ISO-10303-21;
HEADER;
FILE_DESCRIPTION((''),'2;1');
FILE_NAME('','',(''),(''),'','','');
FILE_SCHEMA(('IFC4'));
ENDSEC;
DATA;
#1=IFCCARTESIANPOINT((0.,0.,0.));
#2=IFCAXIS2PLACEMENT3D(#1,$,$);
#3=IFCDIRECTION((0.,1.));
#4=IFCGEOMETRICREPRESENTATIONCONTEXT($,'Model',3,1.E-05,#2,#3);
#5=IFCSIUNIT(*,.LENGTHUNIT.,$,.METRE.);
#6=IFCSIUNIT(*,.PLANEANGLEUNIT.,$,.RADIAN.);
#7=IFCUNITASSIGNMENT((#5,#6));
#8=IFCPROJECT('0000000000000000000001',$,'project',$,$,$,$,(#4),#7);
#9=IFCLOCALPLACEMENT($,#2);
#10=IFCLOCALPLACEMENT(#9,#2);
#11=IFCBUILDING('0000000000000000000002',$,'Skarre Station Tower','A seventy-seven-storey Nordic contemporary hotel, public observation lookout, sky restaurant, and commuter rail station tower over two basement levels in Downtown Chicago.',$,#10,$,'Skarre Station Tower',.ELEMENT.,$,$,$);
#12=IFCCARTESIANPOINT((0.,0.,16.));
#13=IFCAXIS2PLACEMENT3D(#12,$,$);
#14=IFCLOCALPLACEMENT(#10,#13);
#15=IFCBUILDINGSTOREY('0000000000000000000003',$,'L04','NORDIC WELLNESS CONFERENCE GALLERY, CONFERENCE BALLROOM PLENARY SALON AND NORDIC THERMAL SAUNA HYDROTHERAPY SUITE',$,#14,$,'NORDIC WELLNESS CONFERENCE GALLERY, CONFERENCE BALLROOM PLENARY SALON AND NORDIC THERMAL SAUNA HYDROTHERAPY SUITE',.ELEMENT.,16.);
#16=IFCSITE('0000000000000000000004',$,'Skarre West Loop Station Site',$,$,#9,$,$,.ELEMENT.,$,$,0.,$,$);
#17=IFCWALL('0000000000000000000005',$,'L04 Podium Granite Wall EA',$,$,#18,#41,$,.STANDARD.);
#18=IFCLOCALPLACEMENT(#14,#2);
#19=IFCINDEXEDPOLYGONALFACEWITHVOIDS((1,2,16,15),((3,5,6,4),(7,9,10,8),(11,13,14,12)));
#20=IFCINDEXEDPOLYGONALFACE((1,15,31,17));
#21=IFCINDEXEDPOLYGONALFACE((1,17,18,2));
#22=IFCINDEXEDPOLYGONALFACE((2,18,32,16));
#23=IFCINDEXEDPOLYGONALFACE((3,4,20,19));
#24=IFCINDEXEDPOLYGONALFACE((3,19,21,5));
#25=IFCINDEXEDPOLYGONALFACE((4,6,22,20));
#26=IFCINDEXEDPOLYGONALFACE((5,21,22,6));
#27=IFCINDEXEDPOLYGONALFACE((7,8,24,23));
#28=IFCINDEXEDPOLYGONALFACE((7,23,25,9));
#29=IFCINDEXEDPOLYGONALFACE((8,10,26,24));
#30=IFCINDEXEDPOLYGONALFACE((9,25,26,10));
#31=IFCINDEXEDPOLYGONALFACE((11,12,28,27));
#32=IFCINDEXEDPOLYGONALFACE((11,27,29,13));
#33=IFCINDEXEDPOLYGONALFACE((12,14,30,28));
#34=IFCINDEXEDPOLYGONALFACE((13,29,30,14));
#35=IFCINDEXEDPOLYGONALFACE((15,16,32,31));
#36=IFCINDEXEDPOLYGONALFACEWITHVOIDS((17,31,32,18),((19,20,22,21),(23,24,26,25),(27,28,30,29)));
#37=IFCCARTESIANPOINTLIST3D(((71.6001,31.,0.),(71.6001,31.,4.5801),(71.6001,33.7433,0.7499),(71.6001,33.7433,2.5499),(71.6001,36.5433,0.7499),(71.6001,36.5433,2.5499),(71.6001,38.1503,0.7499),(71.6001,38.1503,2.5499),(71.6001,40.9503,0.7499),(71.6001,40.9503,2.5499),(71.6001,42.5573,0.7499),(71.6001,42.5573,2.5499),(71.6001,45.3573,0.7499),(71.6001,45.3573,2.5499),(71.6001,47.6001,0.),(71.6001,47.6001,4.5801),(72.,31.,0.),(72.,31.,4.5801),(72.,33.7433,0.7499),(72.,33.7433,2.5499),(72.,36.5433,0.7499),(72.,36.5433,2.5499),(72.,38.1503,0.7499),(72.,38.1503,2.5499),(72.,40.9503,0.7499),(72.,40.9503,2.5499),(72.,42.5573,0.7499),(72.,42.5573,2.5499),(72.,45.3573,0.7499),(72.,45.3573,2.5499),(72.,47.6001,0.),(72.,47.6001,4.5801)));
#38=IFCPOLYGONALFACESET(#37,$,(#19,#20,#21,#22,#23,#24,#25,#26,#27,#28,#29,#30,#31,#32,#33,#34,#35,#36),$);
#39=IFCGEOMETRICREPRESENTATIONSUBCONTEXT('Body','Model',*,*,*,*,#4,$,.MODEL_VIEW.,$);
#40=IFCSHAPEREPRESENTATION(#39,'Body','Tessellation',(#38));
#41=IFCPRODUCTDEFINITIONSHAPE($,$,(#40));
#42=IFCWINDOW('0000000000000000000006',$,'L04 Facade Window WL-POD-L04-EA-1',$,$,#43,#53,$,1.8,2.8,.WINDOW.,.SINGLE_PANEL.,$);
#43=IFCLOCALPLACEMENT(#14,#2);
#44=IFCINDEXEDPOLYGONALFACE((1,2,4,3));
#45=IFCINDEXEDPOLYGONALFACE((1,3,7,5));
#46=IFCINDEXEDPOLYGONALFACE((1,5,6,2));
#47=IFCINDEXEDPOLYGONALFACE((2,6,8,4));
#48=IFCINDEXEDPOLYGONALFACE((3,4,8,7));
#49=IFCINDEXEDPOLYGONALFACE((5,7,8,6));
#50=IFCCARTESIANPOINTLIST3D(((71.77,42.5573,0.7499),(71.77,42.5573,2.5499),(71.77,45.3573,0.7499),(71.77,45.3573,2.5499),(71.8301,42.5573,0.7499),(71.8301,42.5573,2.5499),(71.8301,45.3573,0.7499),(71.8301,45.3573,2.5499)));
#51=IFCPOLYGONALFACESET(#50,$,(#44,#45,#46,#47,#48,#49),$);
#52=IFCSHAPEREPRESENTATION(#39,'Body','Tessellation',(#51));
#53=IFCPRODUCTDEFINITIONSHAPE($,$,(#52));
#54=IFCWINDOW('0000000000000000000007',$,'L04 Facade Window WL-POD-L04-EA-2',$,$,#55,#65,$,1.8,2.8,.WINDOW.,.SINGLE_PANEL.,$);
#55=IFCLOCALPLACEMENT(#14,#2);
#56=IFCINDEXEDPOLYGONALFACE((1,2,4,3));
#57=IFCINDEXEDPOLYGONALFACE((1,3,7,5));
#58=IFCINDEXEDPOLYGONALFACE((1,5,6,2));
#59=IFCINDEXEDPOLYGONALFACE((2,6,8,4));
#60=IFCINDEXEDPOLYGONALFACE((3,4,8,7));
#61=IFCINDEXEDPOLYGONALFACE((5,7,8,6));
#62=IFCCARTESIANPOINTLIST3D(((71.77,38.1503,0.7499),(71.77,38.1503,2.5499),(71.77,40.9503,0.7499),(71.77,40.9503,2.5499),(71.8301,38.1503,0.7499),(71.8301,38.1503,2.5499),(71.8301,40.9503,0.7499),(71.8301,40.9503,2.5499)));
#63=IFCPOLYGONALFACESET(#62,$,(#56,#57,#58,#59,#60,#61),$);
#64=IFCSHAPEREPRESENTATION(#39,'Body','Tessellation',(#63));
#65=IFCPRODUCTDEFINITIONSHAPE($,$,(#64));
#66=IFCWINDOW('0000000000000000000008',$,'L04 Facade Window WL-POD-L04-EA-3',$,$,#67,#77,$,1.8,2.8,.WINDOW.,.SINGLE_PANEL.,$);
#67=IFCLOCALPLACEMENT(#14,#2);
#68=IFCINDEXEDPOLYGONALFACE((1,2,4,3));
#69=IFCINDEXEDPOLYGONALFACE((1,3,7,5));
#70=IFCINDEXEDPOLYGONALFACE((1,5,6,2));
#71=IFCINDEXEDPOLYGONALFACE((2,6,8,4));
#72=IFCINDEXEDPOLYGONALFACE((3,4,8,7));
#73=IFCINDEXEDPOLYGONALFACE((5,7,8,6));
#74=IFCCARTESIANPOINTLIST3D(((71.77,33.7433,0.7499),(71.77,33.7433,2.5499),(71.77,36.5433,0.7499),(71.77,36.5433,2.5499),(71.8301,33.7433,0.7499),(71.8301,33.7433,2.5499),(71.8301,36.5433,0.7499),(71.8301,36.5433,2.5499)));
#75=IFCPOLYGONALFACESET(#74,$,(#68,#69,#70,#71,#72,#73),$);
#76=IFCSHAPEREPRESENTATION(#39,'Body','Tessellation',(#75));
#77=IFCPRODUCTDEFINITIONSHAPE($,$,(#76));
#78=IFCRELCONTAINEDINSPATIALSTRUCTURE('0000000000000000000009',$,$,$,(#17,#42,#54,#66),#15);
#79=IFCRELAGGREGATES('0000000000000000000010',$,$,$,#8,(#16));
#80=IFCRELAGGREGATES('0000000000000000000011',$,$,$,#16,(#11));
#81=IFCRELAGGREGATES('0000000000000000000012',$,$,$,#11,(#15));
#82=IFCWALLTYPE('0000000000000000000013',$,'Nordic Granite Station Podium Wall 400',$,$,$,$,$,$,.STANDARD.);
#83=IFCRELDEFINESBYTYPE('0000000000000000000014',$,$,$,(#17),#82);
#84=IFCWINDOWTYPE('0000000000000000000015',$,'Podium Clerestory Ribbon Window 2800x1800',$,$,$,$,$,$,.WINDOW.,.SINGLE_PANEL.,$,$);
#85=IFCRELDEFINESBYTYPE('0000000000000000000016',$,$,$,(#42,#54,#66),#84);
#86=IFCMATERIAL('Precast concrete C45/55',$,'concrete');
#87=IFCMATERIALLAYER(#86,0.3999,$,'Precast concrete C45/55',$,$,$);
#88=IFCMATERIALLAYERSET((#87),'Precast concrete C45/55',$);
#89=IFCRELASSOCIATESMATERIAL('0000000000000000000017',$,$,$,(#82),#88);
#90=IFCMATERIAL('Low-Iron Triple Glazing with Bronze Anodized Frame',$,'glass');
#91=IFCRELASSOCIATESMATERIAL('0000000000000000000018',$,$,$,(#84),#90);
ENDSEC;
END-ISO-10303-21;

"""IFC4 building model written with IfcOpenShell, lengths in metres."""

from ifc_helpers import new_model, si_unit, direction, frame, frame_2d, origin, place, context, subcontext, project, spatial, rectangle, extrude, material, layer, layer_set, type_object, element, fill, save


model = new_model("IFC4")

# Units and contexts
model_context = context("Model", 3, precision=1e-05, world=origin(), true_north=direction((0.0, 1.0)))
body_context = subcontext(model_context, "Body", "Model", "MODEL_VIEW")
ifc_project = project(units=[si_unit("LENGTHUNIT", "METRE"), si_unit("PLANEANGLEUNIT", "RADIAN")], contexts=[model_context])

# Site, building, storey
site_placement = place(None, origin())
site = spatial("IfcSite", under=ifc_project, at=site_placement, Name="Skarre West Loop Station Site", CompositionType="ELEMENT", RefElevation=0.0)
building_placement = place(site_placement, origin())
building = spatial("IfcBuilding", under=site, at=building_placement, Name="Skarre Station Tower", Description="A seventy-seven-storey Nordic contemporary hotel, public observation lookout, sky restaurant, and commuter rail station tower over two basement levels in Downtown Chicago.", LongName="Skarre Station Tower", CompositionType="ELEMENT")
storey_placement = place(building_placement, frame((0.0, 0.0, 16.0)))
storey = spatial("IfcBuildingStorey", under=building, at=storey_placement, Name="L04", Description="NORDIC WELLNESS CONFERENCE GALLERY, CONFERENCE BALLROOM PLENARY SALON AND NORDIC THERMAL SAUNA HYDROTHERAPY SUITE", LongName="NORDIC WELLNESS CONFERENCE GALLERY, CONFERENCE BALLROOM PLENARY SALON AND NORDIC THERMAL SAUNA HYDROTHERAPY SUITE", CompositionType="ELEMENT", Elevation=16.0)

# Wall, openings, windows
ifc_material_1 = material(Name="Precast concrete C45/55", Category="concrete")
ifc_layer_1 = layer(ifc_material_1, 0.3999, Name="Precast concrete C45/55")
ifc_layer_set_1 = layer_set([ifc_layer_1], Name="Precast concrete C45/55")
wall_type_1 = type_object("IfcWallType", Name="Nordic Granite Station Podium Wall 400", PredefinedType="STANDARD", material=ifc_layer_set_1)
wall_1_placement = place(storey_placement, frame((71.8, 47.6001, 0.0), z_axis=(0.0, 0.0, 1.0), x_axis=(0.0, -1.0, 0.0)))
wall_1 = element("IfcWall", 1, at=wall_1_placement, inside=storey, type_object=wall_type_1, Name="L04 Podium Granite Wall EA", PredefinedType="STANDARD", context=body_context, shape_type="SweptSolid", body=[
    extrude(rectangle(XDim=16.6001, YDim=0.3999, at=frame_2d((8.3, 0.0))), origin(), (0.0, 0.0, 1.0), 4.5801),
])
opening_1_placement = place(wall_1_placement, frame((2.2429, 0.0, 0.75)))
opening_1 = element("IfcOpeningElement", 2, at=opening_1_placement, cuts=wall_1, PredefinedType="OPENING", context=body_context, shape_type="SweptSolid", body=[
    extrude(rectangle(XDim=2.8, YDim=1.8, at=frame_2d((1.3999, 0.8999))), frame((0.0, 0.21, 0.0), z_axis=(0.0, -1.0, 0.0), x_axis=(1.0, 0.0, 0.0)), (0.0, 0.0, 1.0), 0.4199),
])
opening_2_placement = place(wall_1_placement, frame((6.6499, 0.0, 0.75)))
opening_2 = element("IfcOpeningElement", 3, at=opening_2_placement, cuts=wall_1, PredefinedType="OPENING", context=body_context, shape_type="SweptSolid", body=[
    extrude(rectangle(XDim=2.8, YDim=1.8, at=frame_2d((1.3999, 0.8999))), frame((0.0, 0.21, 0.0), z_axis=(0.0, -1.0, 0.0), x_axis=(1.0, 0.0, 0.0)), (0.0, 0.0, 1.0), 0.4199),
])
opening_3_placement = place(wall_1_placement, frame((11.0569, 0.0, 0.75)))
opening_3 = element("IfcOpeningElement", 4, at=opening_3_placement, cuts=wall_1, PredefinedType="OPENING", context=body_context, shape_type="SweptSolid", body=[
    extrude(rectangle(XDim=2.8, YDim=1.8, at=frame_2d((1.3999, 0.8999))), frame((0.0, 0.21, 0.0), z_axis=(0.0, -1.0, 0.0), x_axis=(1.0, 0.0, 0.0)), (0.0, 0.0, 1.0), 0.4199),
])
ifc_material_2 = material(Name="Low-Iron Triple Glazing with Bronze Anodized Frame", Category="glass")
window_type = type_object("IfcWindowType", Name="Podium Clerestory Ribbon Window 2800x1800", PartitioningType="SINGLE_PANEL", PredefinedType="WINDOW", material=ifc_material_2)
window_1_placement = place(opening_1_placement, origin())
window_1 = element("IfcWindow", 5, at=window_1_placement, inside=storey, type_object=window_type, Name="L04 Facade Window WL-POD-L04-EA-1", OverallHeight=1.8, OverallWidth=2.8, PartitioningType="SINGLE_PANEL", PredefinedType="WINDOW", context=body_context, shape_type="SweptSolid", body=[
    extrude(rectangle(XDim=2.8, YDim=1.8, at=frame_2d((1.3999, 0.8999))), frame((0.0, 0.03, 0.0), z_axis=(0.0, -1.0, 0.0), x_axis=(1.0, 0.0, 0.0)), (0.0, 0.0, 1.0), 0.0601),
])
fill(opening_1, window_1)
window_2_placement = place(opening_2_placement, origin())
window_2 = element("IfcWindow", 6, at=window_2_placement, inside=storey, type_object=window_type, Name="L04 Facade Window WL-POD-L04-EA-2", OverallHeight=1.8, OverallWidth=2.8, PartitioningType="SINGLE_PANEL", PredefinedType="WINDOW", context=body_context, shape_type="SweptSolid", body=[
    extrude(rectangle(XDim=2.8, YDim=1.8, at=frame_2d((1.3999, 0.8999))), frame((0.0, 0.03, 0.0), z_axis=(0.0, -1.0, 0.0), x_axis=(1.0, 0.0, 0.0)), (0.0, 0.0, 1.0), 0.0601),
])
fill(opening_2, window_2)
window_3_placement = place(opening_3_placement, origin())
window_3 = element("IfcWindow", 7, at=window_3_placement, inside=storey, type_object=window_type, Name="L04 Facade Window WL-POD-L04-EA-3", OverallHeight=1.8, OverallWidth=2.8, PartitioningType="SINGLE_PANEL", PredefinedType="WINDOW", context=body_context, shape_type="SweptSolid", body=[
    extrude(rectangle(XDim=2.8, YDim=1.8, at=frame_2d((1.3999, 0.8999))), frame((0.0, 0.03, 0.0), z_axis=(0.0, -1.0, 0.0), x_axis=(1.0, 0.0, 0.0)), (0.0, 0.0, 1.0), 0.0601),
])
fill(opening_3, window_3)

save(model, "model.ifc")
